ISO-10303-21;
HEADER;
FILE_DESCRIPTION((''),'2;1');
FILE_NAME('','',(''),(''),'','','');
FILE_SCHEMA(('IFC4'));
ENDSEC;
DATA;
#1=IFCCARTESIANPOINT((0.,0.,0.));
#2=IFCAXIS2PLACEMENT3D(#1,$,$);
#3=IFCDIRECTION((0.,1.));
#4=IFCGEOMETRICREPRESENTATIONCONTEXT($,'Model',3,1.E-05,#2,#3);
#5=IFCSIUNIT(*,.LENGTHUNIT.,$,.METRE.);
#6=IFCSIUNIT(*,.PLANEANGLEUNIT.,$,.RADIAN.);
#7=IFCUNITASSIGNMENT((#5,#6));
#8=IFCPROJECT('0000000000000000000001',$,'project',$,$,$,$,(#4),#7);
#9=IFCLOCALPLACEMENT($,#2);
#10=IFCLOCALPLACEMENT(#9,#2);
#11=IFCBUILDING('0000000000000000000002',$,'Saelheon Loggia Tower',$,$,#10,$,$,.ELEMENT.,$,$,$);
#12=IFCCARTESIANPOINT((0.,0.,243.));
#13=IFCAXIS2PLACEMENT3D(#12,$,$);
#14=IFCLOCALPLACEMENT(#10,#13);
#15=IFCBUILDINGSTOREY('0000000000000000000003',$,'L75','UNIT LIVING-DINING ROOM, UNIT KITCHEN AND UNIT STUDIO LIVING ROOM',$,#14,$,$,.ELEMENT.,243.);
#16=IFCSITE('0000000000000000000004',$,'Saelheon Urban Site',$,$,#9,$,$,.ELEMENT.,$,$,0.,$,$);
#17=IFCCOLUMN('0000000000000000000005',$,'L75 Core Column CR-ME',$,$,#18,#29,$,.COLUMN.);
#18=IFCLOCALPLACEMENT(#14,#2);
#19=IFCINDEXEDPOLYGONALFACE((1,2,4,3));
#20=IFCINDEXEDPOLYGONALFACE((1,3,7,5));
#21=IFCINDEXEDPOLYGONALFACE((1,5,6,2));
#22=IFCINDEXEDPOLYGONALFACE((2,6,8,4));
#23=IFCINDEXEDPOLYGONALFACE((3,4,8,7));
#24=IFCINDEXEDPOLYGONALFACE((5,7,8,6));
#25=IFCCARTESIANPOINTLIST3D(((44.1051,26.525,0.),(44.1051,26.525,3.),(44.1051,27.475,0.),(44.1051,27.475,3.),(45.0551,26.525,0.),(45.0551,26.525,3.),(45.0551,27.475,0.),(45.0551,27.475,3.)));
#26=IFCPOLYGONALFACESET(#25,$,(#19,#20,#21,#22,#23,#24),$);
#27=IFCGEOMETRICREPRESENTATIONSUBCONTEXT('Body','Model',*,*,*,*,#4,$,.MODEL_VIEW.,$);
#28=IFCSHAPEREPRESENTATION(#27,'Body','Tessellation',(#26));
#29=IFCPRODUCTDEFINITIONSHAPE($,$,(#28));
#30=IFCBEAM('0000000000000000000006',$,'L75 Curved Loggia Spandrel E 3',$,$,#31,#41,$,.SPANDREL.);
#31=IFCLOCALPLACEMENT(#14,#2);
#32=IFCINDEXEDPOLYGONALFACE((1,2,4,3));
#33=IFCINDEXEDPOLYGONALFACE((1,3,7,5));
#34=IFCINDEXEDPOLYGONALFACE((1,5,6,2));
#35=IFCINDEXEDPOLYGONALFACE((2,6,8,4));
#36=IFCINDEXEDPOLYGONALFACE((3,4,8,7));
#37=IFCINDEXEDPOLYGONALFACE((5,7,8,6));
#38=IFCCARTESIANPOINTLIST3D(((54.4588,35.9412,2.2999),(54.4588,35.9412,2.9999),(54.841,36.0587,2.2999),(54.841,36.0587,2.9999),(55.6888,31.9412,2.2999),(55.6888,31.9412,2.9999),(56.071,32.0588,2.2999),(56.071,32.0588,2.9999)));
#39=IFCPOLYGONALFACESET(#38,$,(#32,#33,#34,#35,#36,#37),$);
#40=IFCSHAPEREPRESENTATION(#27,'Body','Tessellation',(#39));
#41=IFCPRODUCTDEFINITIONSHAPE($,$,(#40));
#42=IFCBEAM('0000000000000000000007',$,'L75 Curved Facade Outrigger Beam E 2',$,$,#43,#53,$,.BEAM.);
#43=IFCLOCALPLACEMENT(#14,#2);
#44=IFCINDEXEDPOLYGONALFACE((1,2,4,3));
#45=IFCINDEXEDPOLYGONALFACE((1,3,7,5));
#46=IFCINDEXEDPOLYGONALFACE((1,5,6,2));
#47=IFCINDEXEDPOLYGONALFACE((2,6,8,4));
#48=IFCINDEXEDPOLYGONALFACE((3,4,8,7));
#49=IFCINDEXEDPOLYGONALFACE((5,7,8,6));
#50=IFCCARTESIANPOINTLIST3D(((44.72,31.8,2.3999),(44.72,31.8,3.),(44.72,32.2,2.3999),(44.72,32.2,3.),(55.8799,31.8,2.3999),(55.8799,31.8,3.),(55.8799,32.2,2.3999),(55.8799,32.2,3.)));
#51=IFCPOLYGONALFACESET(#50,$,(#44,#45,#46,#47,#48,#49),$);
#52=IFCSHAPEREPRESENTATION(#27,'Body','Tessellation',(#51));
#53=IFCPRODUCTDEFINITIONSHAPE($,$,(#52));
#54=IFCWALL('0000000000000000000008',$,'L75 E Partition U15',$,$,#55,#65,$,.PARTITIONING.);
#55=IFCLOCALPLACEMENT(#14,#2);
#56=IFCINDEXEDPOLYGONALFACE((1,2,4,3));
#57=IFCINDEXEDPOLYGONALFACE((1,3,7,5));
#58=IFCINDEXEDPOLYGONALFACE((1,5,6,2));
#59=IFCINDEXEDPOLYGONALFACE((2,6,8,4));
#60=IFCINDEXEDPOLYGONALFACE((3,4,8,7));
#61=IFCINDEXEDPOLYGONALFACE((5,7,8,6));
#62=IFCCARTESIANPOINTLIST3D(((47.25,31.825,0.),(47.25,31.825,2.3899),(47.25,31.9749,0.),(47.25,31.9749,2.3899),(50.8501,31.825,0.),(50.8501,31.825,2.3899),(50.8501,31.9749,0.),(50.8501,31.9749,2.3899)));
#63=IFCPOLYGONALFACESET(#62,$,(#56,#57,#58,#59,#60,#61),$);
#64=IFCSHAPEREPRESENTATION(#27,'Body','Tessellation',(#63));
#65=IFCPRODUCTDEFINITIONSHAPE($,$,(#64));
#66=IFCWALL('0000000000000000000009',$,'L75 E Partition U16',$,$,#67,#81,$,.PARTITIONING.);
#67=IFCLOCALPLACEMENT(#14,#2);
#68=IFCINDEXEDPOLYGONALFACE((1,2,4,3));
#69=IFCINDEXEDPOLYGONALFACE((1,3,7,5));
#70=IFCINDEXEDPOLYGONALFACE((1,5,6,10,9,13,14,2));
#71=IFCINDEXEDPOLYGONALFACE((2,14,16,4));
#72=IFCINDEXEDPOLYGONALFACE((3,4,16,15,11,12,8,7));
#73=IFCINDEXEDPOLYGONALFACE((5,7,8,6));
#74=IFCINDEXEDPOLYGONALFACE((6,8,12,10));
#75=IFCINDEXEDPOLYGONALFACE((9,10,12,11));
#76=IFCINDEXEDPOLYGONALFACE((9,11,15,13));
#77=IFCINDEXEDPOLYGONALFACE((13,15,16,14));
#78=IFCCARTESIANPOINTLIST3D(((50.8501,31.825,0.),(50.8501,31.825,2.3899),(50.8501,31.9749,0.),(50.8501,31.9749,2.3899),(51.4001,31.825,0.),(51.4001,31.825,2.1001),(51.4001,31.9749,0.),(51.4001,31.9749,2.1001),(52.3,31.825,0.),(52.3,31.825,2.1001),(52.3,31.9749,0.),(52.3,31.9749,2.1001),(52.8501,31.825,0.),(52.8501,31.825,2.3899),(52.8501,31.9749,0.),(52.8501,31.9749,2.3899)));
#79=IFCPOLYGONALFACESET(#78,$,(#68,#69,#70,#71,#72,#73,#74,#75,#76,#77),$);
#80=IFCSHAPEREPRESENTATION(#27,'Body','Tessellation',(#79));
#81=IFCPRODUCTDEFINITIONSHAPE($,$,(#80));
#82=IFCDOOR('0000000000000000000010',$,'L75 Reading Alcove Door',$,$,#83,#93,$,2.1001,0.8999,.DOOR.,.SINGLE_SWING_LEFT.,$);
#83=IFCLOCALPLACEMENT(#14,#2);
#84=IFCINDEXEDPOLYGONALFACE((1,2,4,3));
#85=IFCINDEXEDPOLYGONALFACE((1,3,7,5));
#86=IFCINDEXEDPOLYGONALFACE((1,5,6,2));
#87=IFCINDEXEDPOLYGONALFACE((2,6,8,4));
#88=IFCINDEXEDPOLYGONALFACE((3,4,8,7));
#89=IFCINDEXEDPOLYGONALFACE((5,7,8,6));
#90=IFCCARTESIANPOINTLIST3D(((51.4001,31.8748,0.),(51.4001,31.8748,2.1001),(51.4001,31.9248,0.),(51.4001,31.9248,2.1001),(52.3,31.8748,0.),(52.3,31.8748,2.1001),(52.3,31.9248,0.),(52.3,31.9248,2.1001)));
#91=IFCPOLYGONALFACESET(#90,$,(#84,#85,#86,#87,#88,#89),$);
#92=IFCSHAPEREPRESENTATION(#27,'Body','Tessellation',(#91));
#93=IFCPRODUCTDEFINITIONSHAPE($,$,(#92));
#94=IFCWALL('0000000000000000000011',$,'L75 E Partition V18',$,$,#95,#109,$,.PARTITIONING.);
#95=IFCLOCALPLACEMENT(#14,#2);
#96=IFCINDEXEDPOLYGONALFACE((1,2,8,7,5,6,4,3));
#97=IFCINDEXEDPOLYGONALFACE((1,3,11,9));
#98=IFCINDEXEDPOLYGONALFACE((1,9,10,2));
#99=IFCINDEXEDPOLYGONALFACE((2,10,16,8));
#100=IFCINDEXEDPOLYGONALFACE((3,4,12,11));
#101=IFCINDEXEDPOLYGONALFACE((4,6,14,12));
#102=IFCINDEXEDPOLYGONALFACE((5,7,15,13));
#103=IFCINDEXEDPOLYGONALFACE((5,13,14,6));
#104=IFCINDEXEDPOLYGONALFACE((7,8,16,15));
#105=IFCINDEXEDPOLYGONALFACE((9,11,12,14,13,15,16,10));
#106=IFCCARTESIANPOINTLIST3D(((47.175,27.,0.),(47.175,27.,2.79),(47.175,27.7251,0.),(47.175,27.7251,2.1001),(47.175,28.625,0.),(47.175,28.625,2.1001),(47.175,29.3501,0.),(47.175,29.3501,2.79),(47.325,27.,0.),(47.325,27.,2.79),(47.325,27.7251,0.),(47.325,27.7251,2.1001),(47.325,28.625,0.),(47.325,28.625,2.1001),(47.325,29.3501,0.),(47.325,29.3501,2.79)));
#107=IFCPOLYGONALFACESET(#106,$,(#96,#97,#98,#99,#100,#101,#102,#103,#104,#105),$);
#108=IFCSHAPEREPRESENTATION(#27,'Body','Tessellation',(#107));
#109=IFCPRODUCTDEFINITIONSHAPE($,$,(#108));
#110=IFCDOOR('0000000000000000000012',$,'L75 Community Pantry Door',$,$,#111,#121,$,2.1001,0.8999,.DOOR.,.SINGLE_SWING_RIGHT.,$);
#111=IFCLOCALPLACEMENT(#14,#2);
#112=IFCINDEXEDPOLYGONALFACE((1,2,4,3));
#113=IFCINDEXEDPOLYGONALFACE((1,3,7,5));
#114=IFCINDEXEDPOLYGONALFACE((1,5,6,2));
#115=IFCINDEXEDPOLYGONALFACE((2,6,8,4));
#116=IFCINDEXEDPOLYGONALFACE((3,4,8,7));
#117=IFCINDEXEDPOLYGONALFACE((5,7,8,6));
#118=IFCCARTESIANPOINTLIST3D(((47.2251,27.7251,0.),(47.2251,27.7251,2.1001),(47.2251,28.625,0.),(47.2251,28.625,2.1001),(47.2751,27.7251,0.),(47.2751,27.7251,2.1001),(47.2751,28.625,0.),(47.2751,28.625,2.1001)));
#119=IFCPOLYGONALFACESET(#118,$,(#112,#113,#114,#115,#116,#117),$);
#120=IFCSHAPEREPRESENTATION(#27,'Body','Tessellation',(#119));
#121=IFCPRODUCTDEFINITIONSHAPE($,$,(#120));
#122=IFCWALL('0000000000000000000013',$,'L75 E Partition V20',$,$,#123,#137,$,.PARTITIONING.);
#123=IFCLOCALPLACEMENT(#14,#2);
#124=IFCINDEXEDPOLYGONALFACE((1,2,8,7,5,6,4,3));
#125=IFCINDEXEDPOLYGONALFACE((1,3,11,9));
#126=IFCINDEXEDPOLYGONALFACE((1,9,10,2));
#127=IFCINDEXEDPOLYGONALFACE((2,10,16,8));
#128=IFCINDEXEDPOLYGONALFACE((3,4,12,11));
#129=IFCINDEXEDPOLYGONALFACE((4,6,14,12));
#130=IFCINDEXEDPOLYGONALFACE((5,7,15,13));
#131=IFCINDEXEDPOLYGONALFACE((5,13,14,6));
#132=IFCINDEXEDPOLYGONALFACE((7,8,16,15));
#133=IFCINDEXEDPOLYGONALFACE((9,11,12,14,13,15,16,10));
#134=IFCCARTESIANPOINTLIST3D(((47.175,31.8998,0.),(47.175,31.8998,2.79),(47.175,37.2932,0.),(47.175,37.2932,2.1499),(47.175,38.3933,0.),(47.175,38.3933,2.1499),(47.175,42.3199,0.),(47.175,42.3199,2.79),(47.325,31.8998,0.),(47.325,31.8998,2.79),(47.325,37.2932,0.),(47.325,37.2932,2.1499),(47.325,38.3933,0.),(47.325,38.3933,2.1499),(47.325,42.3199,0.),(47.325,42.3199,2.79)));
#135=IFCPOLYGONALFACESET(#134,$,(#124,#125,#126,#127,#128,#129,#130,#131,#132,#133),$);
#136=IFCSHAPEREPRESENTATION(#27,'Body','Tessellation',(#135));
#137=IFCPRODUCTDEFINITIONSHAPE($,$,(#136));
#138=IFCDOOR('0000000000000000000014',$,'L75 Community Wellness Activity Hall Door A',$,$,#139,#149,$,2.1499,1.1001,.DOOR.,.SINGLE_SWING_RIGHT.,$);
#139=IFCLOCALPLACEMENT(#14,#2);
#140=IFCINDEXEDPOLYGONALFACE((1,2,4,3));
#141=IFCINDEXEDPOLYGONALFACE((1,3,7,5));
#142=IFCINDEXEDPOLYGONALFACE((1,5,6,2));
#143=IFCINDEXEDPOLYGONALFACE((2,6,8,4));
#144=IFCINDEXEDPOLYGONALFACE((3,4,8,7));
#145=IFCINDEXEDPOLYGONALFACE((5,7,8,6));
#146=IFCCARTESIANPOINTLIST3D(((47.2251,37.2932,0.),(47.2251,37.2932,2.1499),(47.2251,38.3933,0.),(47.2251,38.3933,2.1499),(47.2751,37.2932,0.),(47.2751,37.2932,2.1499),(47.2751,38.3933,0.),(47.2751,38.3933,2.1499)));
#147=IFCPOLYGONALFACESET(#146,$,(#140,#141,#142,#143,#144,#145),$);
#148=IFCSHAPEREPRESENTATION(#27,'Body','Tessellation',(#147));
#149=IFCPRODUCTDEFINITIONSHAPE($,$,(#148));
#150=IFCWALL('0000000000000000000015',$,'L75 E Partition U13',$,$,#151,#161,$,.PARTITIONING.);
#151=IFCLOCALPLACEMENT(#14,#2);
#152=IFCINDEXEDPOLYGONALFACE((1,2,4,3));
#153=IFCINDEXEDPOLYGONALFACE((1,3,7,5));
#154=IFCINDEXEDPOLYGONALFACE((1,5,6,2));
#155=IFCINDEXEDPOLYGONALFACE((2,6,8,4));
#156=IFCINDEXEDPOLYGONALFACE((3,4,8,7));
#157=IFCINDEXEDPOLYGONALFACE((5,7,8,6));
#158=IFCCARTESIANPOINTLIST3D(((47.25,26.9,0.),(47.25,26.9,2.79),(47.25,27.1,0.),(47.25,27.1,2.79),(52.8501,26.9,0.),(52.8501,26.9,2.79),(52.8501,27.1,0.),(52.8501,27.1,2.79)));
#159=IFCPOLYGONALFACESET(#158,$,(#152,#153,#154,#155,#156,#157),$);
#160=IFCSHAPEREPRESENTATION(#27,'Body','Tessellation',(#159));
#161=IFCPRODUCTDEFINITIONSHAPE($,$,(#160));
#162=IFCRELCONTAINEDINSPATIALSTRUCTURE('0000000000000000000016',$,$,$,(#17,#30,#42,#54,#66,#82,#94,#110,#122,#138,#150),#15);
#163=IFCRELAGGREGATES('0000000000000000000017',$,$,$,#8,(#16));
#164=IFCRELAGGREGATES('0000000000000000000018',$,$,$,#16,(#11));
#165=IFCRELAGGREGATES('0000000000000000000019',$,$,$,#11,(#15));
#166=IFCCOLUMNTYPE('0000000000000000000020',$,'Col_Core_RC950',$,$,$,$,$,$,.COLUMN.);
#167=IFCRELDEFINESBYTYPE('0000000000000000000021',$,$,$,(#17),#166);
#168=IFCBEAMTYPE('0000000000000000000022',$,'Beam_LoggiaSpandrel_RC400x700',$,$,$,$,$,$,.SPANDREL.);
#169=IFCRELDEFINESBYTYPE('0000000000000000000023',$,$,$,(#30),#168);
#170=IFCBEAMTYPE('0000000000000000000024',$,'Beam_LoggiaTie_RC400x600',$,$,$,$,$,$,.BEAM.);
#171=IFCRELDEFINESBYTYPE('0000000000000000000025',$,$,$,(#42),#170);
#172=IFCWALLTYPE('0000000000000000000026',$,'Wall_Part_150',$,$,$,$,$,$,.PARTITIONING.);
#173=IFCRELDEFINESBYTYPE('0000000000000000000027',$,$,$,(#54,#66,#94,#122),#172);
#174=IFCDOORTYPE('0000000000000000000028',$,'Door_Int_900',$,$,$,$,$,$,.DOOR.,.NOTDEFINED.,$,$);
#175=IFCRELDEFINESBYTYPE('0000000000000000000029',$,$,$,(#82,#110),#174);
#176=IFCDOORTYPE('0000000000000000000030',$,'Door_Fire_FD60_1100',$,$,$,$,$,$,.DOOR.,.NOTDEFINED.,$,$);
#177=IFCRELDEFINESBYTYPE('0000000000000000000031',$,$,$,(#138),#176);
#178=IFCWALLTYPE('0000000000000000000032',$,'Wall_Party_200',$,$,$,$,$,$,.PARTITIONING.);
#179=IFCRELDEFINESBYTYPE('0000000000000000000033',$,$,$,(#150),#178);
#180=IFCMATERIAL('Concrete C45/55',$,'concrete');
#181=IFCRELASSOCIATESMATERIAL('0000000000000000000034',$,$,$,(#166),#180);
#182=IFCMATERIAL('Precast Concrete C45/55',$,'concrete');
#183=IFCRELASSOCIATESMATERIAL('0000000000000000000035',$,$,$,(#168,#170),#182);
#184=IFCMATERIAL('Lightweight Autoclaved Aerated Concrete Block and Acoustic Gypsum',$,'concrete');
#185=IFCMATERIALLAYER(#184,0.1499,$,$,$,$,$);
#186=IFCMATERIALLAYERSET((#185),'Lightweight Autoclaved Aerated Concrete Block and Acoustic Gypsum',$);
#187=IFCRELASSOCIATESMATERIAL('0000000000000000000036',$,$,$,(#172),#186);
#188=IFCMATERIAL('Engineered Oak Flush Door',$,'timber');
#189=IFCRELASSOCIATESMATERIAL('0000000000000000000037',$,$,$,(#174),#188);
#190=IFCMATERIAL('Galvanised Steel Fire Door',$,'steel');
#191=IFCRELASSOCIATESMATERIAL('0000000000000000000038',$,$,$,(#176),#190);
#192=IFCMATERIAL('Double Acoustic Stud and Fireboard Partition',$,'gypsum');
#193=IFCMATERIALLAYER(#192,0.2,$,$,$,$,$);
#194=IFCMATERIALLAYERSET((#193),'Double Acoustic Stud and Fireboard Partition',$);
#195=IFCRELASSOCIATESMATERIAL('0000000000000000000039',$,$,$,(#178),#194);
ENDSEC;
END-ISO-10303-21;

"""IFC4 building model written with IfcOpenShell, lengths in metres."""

from ifc_helpers import new_model, si_unit, direction, frame, frame_2d, origin, origin_2d, place, context, subcontext, project, spatial, rectangle, extrude, source, transform, mapped, material, layer, layer_set, material_profile, profile_set, type_object, element, fill, save


model = new_model("IFC4")

# Units and contexts
model_context = context("Model", 3, precision=1e-05, world=origin(), true_north=direction((0.0, 1.0)))
body_context = subcontext(model_context, "Body", "Model", "MODEL_VIEW")
ifc_project = project(units=[si_unit("LENGTHUNIT", "METRE"), si_unit("PLANEANGLEUNIT", "RADIAN")], contexts=[model_context])

# Site, building, storey
site_placement = place(None, origin())
site = spatial("IfcSite", under=ifc_project, at=site_placement, Name="Saelheon Urban Site", CompositionType="ELEMENT", RefElevation=0.0)
building_placement = place(site_placement, origin())
building = spatial("IfcBuilding", under=site, at=building_placement, Name="Saelheon Loggia Tower", CompositionType="ELEMENT")
storey_placement = place(building_placement, frame((0.0, 0.0, 243.0)))
storey = spatial("IfcBuildingStorey", under=building, at=storey_placement, Name="L75", Description="UNIT LIVING-DINING ROOM, UNIT KITCHEN AND UNIT STUDIO LIVING ROOM", CompositionType="ELEMENT", Elevation=243.0)

# Column
ifc_material_1 = material(Name="Concrete C45/55", Category="concrete")
ifc_material_profile_1 = material_profile(ifc_material_1, rectangle(XDim=0.95, YDim=0.95, at=origin_2d()), Name="RC-950x950")
ifc_profile_set_1 = profile_set([ifc_material_profile_1], Name="Concrete C45/55")
column_type = type_object("IfcColumnType", Name="Col_Core_RC950", PredefinedType="COLUMN", material=ifc_profile_set_1)
shared_shape_1 = source(origin(), body_context, "Body", "SweptSolid", [
    extrude(rectangle(XDim=0.95, YDim=0.95, at=origin_2d()), origin(), (0.0, 0.0, 1.0), 3.0),
])
column_placement = place(storey_placement, frame((44.5801, 27.0, 0.0), z_axis=(0.0, 0.0, 1.0), x_axis=(1.0, 0.0, 0.0)))
element("IfcColumn", 1, at=column_placement, inside=storey, type_object=column_type, Name="L75 Core Column CR-ME", PredefinedType="COLUMN", context=body_context, shape_type="MappedRepresentation", body=[
    mapped(shared_shape_1, transform((0.0, 0.0, 0.0), scale=1.0)),
])

# Beams
ifc_material_2 = material(Name="Precast Concrete C45/55", Category="concrete")
ifc_material_profile_2 = material_profile(ifc_material_2, rectangle(XDim=0.3999, YDim=0.7, at=origin_2d()), Name="RC-400x700")
ifc_profile_set_2 = profile_set([ifc_material_profile_2], Name="Precast Concrete C45/55")
beam_type_1 = type_object("IfcBeamType", Name="Beam_LoggiaSpandrel_RC400x700", PredefinedType="SPANDREL", material=ifc_profile_set_2)
shared_shape_2 = source(origin(), body_context, "Body", "SweptSolid", [
    extrude(rectangle(XDim=0.3999, YDim=0.7, at=origin_2d()), origin(), (0.0, 0.0, 1.0), 4.1848),
])
beam_1_placement = place(storey_placement, frame((55.8799, 32.0, 2.6499), z_axis=(-0.293914, 0.955832, 0.0), x_axis=(-0.955832, -0.293914, 0.0)))
element("IfcBeam", 2, at=beam_1_placement, inside=storey, type_object=beam_type_1, Name="L75 Curved Loggia Spandrel E 3", PredefinedType="SPANDREL", context=body_context, shape_type="MappedRepresentation", body=[
    mapped(shared_shape_2, transform((0.0, 0.0, 0.0), scale=1.0)),
])
ifc_material_profile_3 = material_profile(ifc_material_2, rectangle(XDim=0.3999, YDim=0.6001, at=origin_2d()), Name="RC-400x600")
ifc_profile_set_3 = profile_set([ifc_material_profile_3], Name="Precast Concrete C45/55")
beam_type_2 = type_object("IfcBeamType", Name="Beam_LoggiaTie_RC400x600", PredefinedType="BEAM", material=ifc_profile_set_3)
shared_shape_3 = source(origin(), body_context, "Body", "SweptSolid", [
    extrude(rectangle(XDim=0.3999, YDim=0.6001, at=origin_2d()), origin(), (0.0, 0.0, 1.0), 11.1599),
])
beam_2_placement = place(storey_placement, frame((44.72, 32.0, 2.7), z_axis=(1.0, 0.0, 0.0), x_axis=(0.0, 1.0, 0.0)))
element("IfcBeam", 3, at=beam_2_placement, inside=storey, type_object=beam_type_2, Name="L75 Curved Facade Outrigger Beam E 2", PredefinedType="BEAM", context=body_context, shape_type="MappedRepresentation", body=[
    mapped(shared_shape_3, transform((0.0, 0.0, 0.0), scale=1.0)),
])

# Wall
ifc_material_3 = material(Name="Lightweight Autoclaved Aerated Concrete Block and Acoustic Gypsum", Category="concrete")
ifc_layer_1 = layer(ifc_material_3, 0.1499)
ifc_layer_set_1 = layer_set([ifc_layer_1], Name="Lightweight Autoclaved Aerated Concrete Block and Acoustic Gypsum")
wall_type_1 = type_object("IfcWallType", Name="Wall_Part_150", PredefinedType="PARTITIONING", material=ifc_layer_set_1)
wall_1_placement = place(storey_placement, frame((47.25, 31.8999, 0.0), z_axis=(0.0, 0.0, 1.0), x_axis=(1.0, 0.0, 0.0)))
element("IfcWall", 4, at=wall_1_placement, inside=storey, type_object=wall_type_1, Name="L75 E Partition U15", PredefinedType="PARTITIONING", context=body_context, shape_type="SweptSolid", body=[
    extrude(rectangle(XDim=3.6001, YDim=0.1499, at=frame_2d((1.8, 0.0))), origin(), (0.0, 0.0, 1.0), 2.3899),
])

# Walls, openings, doors
wall_2_placement = place(storey_placement, frame((50.8501, 31.8999, 0.0), z_axis=(0.0, 0.0, 1.0), x_axis=(1.0, 0.0, 0.0)))
wall_2 = element("IfcWall", 5, at=wall_2_placement, inside=storey, type_object=wall_type_1, Name="L75 E Partition U16", PredefinedType="PARTITIONING", context=body_context, shape_type="SweptSolid", body=[
    extrude(rectangle(XDim=2.0, YDim=0.1499, at=frame_2d((1.0, 0.0))), origin(), (0.0, 0.0, 1.0), 2.3899),
])
opening_1_placement = place(wall_2_placement, frame((0.55, 0.0, 0.0)))
opening_1 = element("IfcOpeningElement", 6, at=opening_1_placement, cuts=wall_2, PredefinedType="OPENING", context=body_context, shape_type="SweptSolid", body=[
    extrude(rectangle(XDim=0.8999, YDim=2.1001, at=frame_2d((0.45, 1.05))), frame((0.0, 0.0869, 0.0), z_axis=(0.0, -1.0, 0.0), x_axis=(1.0, 0.0, 0.0)), (0.0, 0.0, 1.0), 0.1738),
])
ifc_material_4 = material(Name="Engineered Oak Flush Door", Category="timber")
door_type_1 = type_object("IfcDoorType", Name="Door_Int_900", OperationType="NOTDEFINED", PredefinedType="DOOR", material=ifc_material_4)
shared_shape_4 = source(origin(), body_context, "Body", "SweptSolid", [
    extrude(rectangle(XDim=0.8999, YDim=2.1001, at=frame_2d((0.45, 1.05))), frame((0.0, 0.0249, 0.0), z_axis=(0.0, -1.0, 0.0), x_axis=(1.0, 0.0, 0.0)), (0.0, 0.0, 1.0), 0.05),
])
door_1_placement = place(opening_1_placement, origin())
door_1 = element("IfcDoor", 7, at=door_1_placement, inside=storey, type_object=door_type_1, Name="L75 Reading Alcove Door", OperationType="SINGLE_SWING_LEFT", OverallHeight=2.1001, OverallWidth=0.8999, PredefinedType="DOOR", context=body_context, shape_type="MappedRepresentation", body=[
    mapped(shared_shape_4, transform((0.0, 0.0, 0.0), scale=1.0)),
])
fill(opening_1, door_1)
wall_3_placement = place(storey_placement, frame((47.25, 27.0, 0.0), z_axis=(0.0, 0.0, 1.0), x_axis=(0.0, 1.0, 0.0)))
wall_3 = element("IfcWall", 8, at=wall_3_placement, inside=storey, type_object=wall_type_1, Name="L75 E Partition V18", PredefinedType="PARTITIONING", context=body_context, shape_type="SweptSolid", body=[
    extrude(rectangle(XDim=2.3501, YDim=0.1499, at=frame_2d((1.175, 0.0))), origin(), (0.0, 0.0, 1.0), 2.79),
])
opening_2_placement = place(wall_3_placement, frame((0.7251, 0.0, 0.0)))
opening_2 = element("IfcOpeningElement", 9, at=opening_2_placement, cuts=wall_3, PredefinedType="OPENING", context=body_context, shape_type="SweptSolid", body=[
    extrude(rectangle(XDim=0.8999, YDim=2.1001, at=frame_2d((0.45, 1.05))), frame((0.0, 0.0869, 0.0), z_axis=(0.0, -1.0, 0.0), x_axis=(1.0, 0.0, 0.0)), (0.0, 0.0, 1.0), 0.1738),
])
door_2_placement = place(opening_2_placement, origin())
door_2 = element("IfcDoor", 10, at=door_2_placement, inside=storey, type_object=door_type_1, Name="L75 Community Pantry Door", OperationType="SINGLE_SWING_RIGHT", OverallHeight=2.1001, OverallWidth=0.8999, PredefinedType="DOOR", context=body_context, shape_type="MappedRepresentation", body=[
    mapped(shared_shape_4, transform((0.0, 0.0, 0.0), scale=1.0)),
])
fill(opening_2, door_2)
wall_4_placement = place(storey_placement, frame((47.25, 31.8999, 0.0), z_axis=(0.0, 0.0, 1.0), x_axis=(0.0, 1.0, 0.0)))
wall_4 = element("IfcWall", 11, at=wall_4_placement, inside=storey, type_object=wall_type_1, Name="L75 E Partition V20", PredefinedType="PARTITIONING", context=body_context, shape_type="SweptSolid", body=[
    extrude(rectangle(XDim=10.4202, YDim=0.1499, at=frame_2d((5.21, 0.0))), origin(), (0.0, 0.0, 1.0), 2.79),
])
opening_3_placement = place(wall_4_placement, frame((5.3933, 0.0, 0.0)))
opening_3 = element("IfcOpeningElement", 12, at=opening_3_placement, cuts=wall_4, PredefinedType="OPENING", context=body_context, shape_type="SweptSolid", body=[
    extrude(rectangle(XDim=1.1001, YDim=2.1499, at=frame_2d((0.55, 1.075))), frame((0.0, 0.0869, 0.0), z_axis=(0.0, -1.0, 0.0), x_axis=(1.0, 0.0, 0.0)), (0.0, 0.0, 1.0), 0.1738),
])
ifc_material_5 = material(Name="Galvanised Steel Fire Door", Category="steel")
door_type_2 = type_object("IfcDoorType", Name="Door_Fire_FD60_1100", OperationType="NOTDEFINED", PredefinedType="DOOR", material=ifc_material_5)
shared_shape_5 = source(origin(), body_context, "Body", "SweptSolid", [
    extrude(rectangle(XDim=1.1001, YDim=2.1499, at=frame_2d((0.55, 1.075))), frame((0.0, 0.0249, 0.0), z_axis=(0.0, -1.0, 0.0), x_axis=(1.0, 0.0, 0.0)), (0.0, 0.0, 1.0), 0.05),
])
door_3_placement = place(opening_3_placement, origin())
door_3 = element("IfcDoor", 13, at=door_3_placement, inside=storey, type_object=door_type_2, Name="L75 Community Wellness Activity Hall Door A", OperationType="SINGLE_SWING_RIGHT", OverallHeight=2.1499, OverallWidth=1.1001, PredefinedType="DOOR", context=body_context, shape_type="MappedRepresentation", body=[
    mapped(shared_shape_5, transform((0.0, 0.0, 0.0), scale=1.0)),
])
fill(opening_3, door_3)

# Wall
ifc_material_6 = material(Name="Double Acoustic Stud and Fireboard Partition", Category="gypsum")
ifc_layer_2 = layer(ifc_material_6, 0.2)
ifc_layer_set_2 = layer_set([ifc_layer_2], Name="Double Acoustic Stud and Fireboard Partition")
wall_type_2 = type_object("IfcWallType", Name="Wall_Party_200", PredefinedType="PARTITIONING", material=ifc_layer_set_2)
wall_5_placement = place(storey_placement, frame((47.25, 27.0, 0.0), z_axis=(0.0, 0.0, 1.0), x_axis=(1.0, 0.0, 0.0)))
element("IfcWall", 14, at=wall_5_placement, inside=storey, type_object=wall_type_2, Name="L75 E Partition U13", PredefinedType="PARTITIONING", context=body_context, shape_type="SweptSolid", body=[
    extrude(rectangle(XDim=5.6001, YDim=0.2, at=frame_2d((2.8, 0.0))), origin(), (0.0, 0.0, 1.0), 2.79),
])

save(model, "model.ifc")
